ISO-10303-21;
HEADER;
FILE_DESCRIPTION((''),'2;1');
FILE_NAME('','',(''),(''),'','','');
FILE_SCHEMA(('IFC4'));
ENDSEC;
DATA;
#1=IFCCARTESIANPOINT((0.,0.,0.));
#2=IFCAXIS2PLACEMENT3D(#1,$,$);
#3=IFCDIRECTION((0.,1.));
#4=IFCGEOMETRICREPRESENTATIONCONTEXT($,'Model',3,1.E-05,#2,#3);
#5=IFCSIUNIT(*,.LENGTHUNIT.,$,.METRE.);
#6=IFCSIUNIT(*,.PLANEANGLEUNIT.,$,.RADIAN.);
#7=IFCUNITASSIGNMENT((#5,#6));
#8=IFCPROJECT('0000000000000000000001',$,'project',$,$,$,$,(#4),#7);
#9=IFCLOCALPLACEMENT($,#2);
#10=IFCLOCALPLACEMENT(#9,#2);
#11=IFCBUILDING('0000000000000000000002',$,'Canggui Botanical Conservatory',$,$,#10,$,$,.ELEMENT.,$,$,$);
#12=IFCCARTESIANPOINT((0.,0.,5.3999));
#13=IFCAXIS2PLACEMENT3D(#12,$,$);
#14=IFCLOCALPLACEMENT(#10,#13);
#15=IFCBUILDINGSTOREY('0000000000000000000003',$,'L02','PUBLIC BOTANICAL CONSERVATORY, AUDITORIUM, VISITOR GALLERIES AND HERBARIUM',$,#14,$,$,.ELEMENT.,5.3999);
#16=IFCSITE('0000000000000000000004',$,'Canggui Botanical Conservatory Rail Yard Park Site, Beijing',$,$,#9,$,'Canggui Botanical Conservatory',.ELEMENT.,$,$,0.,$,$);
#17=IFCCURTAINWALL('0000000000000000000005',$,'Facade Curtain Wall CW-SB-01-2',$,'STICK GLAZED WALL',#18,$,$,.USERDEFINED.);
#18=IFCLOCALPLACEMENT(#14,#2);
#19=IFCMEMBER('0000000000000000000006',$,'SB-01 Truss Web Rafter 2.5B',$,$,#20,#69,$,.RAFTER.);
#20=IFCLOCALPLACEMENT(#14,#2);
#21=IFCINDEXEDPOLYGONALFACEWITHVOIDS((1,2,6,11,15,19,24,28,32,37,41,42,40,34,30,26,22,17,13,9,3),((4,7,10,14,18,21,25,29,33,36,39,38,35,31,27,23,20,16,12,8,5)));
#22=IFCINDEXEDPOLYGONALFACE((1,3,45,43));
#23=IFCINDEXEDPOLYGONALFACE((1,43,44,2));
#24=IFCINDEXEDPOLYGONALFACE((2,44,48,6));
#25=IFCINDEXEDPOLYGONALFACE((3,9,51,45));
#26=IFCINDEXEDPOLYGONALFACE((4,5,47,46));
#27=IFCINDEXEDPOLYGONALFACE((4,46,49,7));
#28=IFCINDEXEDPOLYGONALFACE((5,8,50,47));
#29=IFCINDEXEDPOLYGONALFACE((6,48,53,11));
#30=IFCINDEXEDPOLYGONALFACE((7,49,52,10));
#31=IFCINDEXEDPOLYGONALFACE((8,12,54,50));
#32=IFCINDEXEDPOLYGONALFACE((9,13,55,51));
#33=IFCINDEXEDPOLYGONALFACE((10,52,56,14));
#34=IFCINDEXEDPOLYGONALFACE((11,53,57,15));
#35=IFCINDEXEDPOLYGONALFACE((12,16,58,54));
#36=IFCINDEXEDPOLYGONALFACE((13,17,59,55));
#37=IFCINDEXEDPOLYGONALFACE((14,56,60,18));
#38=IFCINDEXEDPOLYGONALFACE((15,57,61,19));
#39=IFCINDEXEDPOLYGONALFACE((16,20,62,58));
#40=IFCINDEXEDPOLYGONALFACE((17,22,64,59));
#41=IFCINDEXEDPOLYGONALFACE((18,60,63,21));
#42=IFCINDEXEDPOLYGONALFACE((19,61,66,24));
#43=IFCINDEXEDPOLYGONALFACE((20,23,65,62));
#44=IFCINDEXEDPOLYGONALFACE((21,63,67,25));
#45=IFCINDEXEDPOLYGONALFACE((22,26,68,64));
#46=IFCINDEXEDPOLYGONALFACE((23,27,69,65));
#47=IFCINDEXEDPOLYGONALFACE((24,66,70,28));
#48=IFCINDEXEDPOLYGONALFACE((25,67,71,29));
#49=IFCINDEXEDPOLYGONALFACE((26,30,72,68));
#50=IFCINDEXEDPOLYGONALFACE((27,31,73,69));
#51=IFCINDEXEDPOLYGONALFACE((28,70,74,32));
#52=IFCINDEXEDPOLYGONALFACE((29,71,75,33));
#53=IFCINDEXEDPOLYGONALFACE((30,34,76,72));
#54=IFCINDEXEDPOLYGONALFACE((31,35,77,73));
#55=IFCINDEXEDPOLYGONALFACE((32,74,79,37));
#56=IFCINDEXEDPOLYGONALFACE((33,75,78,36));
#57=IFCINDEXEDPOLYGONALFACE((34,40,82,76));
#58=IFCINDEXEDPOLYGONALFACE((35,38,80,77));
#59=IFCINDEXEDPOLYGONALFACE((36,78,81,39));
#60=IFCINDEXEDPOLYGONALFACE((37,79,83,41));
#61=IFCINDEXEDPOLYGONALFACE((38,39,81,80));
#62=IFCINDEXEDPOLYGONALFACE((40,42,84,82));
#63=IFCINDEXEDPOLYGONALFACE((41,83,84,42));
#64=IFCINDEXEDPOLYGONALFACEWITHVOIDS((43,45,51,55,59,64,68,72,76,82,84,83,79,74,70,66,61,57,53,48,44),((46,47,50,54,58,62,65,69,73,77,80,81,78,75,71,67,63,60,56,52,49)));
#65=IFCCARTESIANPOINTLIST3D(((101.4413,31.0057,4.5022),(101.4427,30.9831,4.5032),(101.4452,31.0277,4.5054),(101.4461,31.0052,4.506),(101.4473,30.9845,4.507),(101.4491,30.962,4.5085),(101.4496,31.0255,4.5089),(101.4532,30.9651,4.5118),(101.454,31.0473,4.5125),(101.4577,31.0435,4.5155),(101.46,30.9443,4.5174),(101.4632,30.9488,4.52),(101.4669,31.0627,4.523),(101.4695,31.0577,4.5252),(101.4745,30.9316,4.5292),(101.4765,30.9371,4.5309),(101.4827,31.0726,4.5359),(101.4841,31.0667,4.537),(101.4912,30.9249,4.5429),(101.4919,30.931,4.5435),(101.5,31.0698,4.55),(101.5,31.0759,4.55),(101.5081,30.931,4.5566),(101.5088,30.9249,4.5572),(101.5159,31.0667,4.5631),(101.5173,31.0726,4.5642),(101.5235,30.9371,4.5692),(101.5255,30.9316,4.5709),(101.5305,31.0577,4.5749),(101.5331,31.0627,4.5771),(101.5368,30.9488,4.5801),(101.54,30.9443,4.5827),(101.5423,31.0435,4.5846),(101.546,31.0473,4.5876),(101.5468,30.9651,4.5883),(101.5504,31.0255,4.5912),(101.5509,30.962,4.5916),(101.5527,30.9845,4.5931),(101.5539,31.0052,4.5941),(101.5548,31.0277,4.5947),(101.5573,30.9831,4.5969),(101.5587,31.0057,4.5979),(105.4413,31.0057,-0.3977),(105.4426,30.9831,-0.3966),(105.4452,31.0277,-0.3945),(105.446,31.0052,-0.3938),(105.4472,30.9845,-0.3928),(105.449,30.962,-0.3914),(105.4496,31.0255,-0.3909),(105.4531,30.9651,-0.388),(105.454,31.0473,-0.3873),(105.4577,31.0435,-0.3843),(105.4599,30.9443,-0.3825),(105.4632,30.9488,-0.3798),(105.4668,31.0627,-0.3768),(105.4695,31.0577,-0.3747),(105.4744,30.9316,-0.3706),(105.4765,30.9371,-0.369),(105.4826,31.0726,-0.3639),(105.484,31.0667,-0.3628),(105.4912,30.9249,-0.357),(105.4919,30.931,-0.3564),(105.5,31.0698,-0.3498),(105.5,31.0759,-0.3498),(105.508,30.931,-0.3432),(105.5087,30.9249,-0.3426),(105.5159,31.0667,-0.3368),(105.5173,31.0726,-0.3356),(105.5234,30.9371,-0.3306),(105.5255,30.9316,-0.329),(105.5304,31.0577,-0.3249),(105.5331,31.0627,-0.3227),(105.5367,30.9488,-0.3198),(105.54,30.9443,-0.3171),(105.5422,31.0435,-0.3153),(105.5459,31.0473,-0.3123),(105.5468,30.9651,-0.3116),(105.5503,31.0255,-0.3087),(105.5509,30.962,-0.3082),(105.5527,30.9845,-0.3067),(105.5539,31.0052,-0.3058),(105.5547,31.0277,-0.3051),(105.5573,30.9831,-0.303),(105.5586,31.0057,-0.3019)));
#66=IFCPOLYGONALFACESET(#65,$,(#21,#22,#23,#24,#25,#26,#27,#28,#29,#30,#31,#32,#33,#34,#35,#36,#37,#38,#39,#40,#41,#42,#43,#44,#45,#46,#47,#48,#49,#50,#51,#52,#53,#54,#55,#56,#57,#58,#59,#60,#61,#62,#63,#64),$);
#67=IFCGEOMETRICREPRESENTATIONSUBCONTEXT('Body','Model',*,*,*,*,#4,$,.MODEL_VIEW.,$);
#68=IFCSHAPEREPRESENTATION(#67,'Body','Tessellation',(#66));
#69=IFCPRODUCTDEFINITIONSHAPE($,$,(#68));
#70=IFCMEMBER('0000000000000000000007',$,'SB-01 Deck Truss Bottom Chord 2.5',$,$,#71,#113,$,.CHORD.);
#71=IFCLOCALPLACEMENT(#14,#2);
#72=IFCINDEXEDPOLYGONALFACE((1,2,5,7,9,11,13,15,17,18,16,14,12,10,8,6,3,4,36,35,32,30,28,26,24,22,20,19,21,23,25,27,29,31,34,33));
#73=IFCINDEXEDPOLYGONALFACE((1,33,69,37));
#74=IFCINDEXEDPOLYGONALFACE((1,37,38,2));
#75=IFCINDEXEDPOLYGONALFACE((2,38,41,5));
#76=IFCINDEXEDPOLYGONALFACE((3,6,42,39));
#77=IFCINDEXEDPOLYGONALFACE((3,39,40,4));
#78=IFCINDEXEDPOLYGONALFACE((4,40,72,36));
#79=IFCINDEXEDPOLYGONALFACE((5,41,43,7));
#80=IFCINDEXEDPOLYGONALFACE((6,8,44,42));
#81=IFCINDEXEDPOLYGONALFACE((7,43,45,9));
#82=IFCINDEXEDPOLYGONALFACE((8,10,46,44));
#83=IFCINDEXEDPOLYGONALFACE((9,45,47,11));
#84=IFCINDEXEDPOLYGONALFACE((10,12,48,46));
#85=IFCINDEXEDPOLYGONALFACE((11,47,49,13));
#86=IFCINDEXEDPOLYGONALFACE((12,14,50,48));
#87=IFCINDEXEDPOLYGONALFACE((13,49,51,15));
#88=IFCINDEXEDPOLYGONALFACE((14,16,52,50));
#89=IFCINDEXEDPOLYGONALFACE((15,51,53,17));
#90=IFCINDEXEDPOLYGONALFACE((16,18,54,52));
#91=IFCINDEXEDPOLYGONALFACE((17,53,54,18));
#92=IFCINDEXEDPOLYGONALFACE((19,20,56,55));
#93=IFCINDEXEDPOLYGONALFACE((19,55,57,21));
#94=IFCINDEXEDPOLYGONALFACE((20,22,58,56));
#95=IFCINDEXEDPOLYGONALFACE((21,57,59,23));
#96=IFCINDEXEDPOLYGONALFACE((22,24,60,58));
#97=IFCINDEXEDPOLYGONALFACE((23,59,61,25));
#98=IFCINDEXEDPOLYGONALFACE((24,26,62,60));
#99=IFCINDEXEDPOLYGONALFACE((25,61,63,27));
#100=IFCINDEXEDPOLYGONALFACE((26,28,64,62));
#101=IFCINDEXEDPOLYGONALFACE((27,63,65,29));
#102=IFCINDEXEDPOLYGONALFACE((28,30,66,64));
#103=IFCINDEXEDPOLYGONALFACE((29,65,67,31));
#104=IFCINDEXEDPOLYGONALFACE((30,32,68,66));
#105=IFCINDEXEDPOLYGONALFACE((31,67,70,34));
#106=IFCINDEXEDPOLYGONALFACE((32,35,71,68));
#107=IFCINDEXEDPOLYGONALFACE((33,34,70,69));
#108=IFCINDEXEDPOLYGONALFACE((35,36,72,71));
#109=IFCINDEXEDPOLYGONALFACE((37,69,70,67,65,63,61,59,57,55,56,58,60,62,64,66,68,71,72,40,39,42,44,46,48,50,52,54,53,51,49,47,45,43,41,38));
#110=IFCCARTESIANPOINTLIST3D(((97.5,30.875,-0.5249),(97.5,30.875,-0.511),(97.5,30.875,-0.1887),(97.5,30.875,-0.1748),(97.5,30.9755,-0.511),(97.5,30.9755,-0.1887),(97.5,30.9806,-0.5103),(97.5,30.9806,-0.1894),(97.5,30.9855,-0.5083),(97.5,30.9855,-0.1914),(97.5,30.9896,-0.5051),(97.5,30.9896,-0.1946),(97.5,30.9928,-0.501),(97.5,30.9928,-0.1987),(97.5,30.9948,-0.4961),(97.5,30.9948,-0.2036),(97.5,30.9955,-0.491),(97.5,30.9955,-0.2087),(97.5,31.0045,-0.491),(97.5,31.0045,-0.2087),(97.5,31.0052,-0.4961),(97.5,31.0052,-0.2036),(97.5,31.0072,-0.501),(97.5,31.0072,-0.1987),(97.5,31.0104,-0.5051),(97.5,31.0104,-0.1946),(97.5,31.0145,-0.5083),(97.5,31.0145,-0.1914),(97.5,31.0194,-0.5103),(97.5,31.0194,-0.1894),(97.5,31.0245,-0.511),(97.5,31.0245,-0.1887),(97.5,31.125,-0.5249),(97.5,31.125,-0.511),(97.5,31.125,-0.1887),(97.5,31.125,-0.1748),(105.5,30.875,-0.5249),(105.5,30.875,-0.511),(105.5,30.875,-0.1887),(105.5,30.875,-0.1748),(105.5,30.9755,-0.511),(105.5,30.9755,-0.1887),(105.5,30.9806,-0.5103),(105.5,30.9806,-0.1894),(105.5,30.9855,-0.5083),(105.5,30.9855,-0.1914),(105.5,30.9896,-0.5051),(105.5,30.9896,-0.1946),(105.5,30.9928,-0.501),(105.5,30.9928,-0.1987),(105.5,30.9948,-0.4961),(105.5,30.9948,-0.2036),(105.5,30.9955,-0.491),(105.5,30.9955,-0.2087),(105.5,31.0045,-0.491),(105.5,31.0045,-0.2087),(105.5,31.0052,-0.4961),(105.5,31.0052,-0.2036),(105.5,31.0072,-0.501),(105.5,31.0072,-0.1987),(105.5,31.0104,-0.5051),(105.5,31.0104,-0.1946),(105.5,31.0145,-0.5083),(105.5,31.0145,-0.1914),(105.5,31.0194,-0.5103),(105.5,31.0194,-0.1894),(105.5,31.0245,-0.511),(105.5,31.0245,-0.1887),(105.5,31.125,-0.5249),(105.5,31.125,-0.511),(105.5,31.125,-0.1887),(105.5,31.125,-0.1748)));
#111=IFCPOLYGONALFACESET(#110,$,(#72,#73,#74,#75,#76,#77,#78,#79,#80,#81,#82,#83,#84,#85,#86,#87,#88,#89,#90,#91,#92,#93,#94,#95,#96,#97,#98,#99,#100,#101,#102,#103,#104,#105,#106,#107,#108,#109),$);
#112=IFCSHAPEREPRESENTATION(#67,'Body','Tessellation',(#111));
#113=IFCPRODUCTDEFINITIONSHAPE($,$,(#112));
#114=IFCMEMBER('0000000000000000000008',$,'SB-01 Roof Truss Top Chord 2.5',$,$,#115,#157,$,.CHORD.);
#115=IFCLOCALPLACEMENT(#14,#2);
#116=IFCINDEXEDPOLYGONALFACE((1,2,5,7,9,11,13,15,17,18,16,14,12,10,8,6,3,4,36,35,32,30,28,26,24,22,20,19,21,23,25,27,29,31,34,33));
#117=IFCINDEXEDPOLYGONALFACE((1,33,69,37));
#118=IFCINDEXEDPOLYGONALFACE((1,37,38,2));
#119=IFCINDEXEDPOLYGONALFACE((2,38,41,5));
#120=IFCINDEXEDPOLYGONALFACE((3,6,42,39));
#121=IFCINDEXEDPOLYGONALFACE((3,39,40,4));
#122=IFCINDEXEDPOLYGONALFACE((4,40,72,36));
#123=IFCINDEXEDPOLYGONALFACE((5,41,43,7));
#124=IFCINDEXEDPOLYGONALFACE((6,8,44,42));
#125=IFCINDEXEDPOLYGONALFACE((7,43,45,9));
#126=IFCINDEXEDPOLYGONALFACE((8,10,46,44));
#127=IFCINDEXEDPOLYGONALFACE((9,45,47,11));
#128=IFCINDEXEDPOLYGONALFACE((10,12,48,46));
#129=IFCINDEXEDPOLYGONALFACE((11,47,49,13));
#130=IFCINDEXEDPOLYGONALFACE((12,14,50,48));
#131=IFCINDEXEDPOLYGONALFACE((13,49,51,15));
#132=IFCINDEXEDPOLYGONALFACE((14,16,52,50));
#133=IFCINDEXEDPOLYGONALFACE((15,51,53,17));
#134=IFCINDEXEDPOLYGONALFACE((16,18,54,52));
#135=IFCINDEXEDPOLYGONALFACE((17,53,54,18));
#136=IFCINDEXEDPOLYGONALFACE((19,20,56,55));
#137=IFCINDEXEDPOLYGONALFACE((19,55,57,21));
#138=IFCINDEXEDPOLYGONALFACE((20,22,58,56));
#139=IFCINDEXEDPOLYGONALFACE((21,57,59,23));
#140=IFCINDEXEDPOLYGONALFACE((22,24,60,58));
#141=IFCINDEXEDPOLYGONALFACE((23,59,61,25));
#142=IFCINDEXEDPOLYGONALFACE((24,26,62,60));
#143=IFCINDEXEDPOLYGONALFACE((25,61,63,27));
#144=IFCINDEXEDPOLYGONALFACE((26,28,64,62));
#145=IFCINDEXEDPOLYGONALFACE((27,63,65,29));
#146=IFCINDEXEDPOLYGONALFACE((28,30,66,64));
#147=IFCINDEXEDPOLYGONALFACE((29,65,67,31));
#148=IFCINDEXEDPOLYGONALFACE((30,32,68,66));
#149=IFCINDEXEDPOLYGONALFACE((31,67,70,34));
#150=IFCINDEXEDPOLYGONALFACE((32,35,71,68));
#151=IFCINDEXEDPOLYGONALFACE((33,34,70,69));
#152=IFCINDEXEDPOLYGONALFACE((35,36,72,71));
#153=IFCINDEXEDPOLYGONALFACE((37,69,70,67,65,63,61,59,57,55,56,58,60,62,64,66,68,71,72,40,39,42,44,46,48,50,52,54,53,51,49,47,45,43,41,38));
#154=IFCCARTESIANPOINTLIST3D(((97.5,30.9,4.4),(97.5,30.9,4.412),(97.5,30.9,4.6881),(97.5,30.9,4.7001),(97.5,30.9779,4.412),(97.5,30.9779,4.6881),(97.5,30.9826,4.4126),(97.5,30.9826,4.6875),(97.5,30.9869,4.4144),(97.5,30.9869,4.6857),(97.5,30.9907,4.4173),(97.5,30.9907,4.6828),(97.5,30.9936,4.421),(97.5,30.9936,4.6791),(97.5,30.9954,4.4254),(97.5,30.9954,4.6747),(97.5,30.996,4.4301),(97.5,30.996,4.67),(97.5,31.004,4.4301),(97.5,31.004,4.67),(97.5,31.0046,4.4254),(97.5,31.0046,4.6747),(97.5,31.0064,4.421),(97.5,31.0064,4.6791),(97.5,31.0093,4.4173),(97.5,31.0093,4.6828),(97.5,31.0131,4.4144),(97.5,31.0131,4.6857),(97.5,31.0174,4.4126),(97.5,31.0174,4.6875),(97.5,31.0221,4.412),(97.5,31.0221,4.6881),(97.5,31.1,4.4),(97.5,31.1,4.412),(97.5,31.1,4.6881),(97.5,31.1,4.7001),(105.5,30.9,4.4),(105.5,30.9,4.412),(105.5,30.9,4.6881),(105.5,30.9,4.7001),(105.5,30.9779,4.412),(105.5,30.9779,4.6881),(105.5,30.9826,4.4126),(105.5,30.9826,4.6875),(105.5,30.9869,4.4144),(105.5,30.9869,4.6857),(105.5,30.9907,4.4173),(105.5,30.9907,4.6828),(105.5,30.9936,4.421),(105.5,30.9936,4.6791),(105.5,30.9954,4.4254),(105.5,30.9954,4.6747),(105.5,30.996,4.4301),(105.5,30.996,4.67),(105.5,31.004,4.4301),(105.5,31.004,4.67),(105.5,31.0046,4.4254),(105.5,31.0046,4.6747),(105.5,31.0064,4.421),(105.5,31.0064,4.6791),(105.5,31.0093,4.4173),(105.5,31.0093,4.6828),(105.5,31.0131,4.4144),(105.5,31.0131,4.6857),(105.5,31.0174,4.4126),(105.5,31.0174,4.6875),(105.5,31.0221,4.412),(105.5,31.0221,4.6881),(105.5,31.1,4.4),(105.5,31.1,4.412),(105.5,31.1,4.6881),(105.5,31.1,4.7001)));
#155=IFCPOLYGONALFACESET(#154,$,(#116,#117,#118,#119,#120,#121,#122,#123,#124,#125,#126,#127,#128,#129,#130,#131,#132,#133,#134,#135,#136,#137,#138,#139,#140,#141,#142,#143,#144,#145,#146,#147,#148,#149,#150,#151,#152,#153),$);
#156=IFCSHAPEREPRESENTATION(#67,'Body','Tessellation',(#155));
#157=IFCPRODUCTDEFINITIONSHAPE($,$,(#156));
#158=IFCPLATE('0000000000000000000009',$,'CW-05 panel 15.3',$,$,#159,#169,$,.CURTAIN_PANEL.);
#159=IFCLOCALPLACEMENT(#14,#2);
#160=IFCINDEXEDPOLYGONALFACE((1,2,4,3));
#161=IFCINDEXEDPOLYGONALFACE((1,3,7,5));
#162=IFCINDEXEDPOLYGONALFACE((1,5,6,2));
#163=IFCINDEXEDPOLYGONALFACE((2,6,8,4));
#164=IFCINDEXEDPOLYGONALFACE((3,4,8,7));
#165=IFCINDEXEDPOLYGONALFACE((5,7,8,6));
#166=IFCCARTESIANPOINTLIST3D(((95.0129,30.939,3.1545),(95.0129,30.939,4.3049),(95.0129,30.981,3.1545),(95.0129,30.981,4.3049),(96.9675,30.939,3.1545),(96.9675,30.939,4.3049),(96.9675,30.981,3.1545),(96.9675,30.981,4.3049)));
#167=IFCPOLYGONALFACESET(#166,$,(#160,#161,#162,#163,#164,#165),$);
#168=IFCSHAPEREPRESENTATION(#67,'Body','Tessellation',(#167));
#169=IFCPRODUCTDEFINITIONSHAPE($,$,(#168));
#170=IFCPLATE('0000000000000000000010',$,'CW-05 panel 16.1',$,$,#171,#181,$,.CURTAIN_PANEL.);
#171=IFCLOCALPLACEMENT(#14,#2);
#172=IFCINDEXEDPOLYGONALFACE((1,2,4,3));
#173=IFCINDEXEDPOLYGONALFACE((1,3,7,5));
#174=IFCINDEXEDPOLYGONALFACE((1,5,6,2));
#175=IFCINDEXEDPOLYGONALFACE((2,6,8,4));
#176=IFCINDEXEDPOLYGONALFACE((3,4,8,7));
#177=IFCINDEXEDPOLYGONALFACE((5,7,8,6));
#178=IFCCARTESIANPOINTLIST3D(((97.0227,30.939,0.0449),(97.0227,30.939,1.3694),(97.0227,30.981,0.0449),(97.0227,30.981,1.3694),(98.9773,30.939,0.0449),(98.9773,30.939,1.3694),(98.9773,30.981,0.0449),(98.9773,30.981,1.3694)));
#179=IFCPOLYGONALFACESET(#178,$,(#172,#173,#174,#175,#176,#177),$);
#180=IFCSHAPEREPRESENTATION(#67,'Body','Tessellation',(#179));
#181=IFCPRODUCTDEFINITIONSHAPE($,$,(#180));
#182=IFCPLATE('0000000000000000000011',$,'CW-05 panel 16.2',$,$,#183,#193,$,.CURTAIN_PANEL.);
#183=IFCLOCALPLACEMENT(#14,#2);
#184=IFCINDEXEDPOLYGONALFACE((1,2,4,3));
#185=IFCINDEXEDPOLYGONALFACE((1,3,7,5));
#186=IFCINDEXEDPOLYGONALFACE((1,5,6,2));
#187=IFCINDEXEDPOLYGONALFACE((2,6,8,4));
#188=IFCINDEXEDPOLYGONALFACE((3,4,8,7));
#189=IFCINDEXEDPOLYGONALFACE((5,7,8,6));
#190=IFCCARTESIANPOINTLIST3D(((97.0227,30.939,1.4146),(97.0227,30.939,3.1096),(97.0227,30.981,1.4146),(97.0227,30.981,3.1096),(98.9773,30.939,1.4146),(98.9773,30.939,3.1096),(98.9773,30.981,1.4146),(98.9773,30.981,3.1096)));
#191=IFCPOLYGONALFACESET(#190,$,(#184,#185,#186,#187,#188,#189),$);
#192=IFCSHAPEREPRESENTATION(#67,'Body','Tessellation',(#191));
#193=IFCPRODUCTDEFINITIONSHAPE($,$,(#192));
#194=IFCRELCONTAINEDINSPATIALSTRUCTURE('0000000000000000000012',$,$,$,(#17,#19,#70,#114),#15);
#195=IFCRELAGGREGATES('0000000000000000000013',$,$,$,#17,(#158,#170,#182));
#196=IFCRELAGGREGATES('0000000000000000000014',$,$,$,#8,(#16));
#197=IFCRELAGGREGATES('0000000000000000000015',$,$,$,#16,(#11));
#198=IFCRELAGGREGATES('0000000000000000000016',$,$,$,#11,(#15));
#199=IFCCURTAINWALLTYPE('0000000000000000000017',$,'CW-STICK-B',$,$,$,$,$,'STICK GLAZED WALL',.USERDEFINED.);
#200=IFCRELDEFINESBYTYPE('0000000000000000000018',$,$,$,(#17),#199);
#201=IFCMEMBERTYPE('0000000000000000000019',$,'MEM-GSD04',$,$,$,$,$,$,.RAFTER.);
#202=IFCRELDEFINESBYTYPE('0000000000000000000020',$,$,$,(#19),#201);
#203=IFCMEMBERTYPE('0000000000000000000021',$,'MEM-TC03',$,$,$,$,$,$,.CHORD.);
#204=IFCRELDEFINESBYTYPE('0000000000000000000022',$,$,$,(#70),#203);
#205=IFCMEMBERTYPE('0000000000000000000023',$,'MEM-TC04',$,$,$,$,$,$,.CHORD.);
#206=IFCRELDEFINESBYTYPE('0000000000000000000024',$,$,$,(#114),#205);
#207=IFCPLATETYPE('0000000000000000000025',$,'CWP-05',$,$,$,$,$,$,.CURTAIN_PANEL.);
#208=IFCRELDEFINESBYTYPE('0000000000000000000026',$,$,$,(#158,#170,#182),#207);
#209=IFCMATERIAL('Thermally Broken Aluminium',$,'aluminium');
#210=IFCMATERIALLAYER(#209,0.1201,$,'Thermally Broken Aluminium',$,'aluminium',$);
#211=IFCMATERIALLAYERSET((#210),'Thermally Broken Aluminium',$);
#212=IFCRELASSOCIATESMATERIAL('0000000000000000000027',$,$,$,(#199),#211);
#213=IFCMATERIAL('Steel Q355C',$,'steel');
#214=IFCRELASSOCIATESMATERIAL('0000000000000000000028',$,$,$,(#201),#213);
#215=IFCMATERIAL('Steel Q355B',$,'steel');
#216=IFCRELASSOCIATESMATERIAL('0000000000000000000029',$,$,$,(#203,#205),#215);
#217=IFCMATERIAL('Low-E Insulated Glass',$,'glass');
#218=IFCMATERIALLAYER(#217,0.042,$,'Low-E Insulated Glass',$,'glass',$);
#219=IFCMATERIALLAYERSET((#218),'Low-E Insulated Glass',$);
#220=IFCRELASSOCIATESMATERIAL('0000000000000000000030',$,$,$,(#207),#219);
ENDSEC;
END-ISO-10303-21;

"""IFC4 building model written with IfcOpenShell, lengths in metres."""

from ifc_helpers import new_model, si_unit, direction, frame, origin, origin_2d, place, context, subcontext, project, spatial, rectangle, hollow_circle, i_section, extrude, material, layer, layer_set, material_profile, profile_set, type_object, element, aggregate, save


model = new_model("IFC4")

# Units and contexts
model_context = context("Model", 3, precision=1e-05, world=origin(), true_north=direction((0.0, 1.0)))
body_context = subcontext(model_context, "Body", "Model", "MODEL_VIEW")
ifc_project = project(units=[si_unit("LENGTHUNIT", "METRE"), si_unit("PLANEANGLEUNIT", "RADIAN")], contexts=[model_context])

# Site, building, storey
site_placement = place(None, origin())
site = spatial("IfcSite", under=ifc_project, at=site_placement, Name="Canggui Botanical Conservatory Rail Yard Park Site, Beijing", LongName="Canggui Botanical Conservatory", CompositionType="ELEMENT", RefElevation=0.0)
building_placement = place(site_placement, origin())
building = spatial("IfcBuilding", under=site, at=building_placement, Name="Canggui Botanical Conservatory", CompositionType="ELEMENT")
storey_placement = place(building_placement, frame((0.0, 0.0, 5.3999)))
storey = spatial("IfcBuildingStorey", under=building, at=storey_placement, Name="L02", Description="PUBLIC BOTANICAL CONSERVATORY, AUDITORIUM, VISITOR GALLERIES AND HERBARIUM", CompositionType="ELEMENT", Elevation=5.3999)

# Shared definitions
ifc_material_1 = material(Name="Steel Q355B", Category="steel")

# Curtain wall
ifc_material_2 = material(Name="Thermally Broken Aluminium", Category="aluminium")
ifc_layer_1 = layer(ifc_material_2, 0.1201, Name="Thermally Broken Aluminium", Category="aluminium")
ifc_layer_set_1 = layer_set([ifc_layer_1], Name="Thermally Broken Aluminium")
curtain_wall_type = type_object("IfcCurtainWallType", Name="CW-STICK-B", ElementType="STICK GLAZED WALL", PredefinedType="USERDEFINED", material=ifc_layer_set_1)
curtain_wall_placement = place(storey_placement, origin())
curtain_wall = element("IfcCurtainWall", 1, at=curtain_wall_placement, inside=storey, type_object=curtain_wall_type, Name="Facade Curtain Wall CW-SB-01-2", ObjectType="STICK GLAZED WALL", PredefinedType="USERDEFINED")

# Members
ifc_material_3 = material(Name="Steel Q355C", Category="steel")
ifc_material_profile_1 = material_profile(ifc_material_3, hollow_circle(Radius=0.0759, WallThickness=0.0061, at=origin_2d()), Name="CHS 152x6")
ifc_profile_set_1 = profile_set([ifc_material_profile_1], Name="Steel Q355C")
member_type_1 = type_object("IfcMemberType", Name="MEM-GSD04", PredefinedType="RAFTER", material=ifc_profile_set_1)
for number, where, z_axis, x_axis, name in (
    (2, (101.5, 31.0, 4.55), (0.632384, 0.0, -0.774655), (0.0, 1.0, 0.0), "SB-01 Truss Web Rafter 2.5B"),
):
    element("IfcMember", number, at=place(storey_placement, frame(where, z_axis=z_axis, x_axis=x_axis)), inside=storey, type_object=member_type_1, Name=name, PredefinedType="RAFTER", context=body_context, shape_type="SweptSolid", body=[
        extrude(hollow_circle(Radius=0.0759, WallThickness=0.0061, at=origin_2d()), origin(), (0.0, 0.0, 1.0), 6.3252),
    ])
ifc_material_profile_2 = material_profile(ifc_material_1, i_section(OverallWidth=0.25, OverallDepth=0.3501, WebThickness=0.009, FlangeThickness=0.0139, FilletRadius=0.02, at=origin_2d()), Name="HM 350x250x9x14")
ifc_profile_set_2 = profile_set([ifc_material_profile_2], Name="Steel Q355B")
member_type_2 = type_object("IfcMemberType", Name="MEM-TC03", PredefinedType="CHORD", material=ifc_profile_set_2)
member_1_placement = place(storey_placement, frame((97.5, 31.0, -0.3499), z_axis=(1.0, 0.0, 0.0), x_axis=(0.0, 1.0, 0.0)))
element("IfcMember", 3, at=member_1_placement, inside=storey, type_object=member_type_2, Name="SB-01 Deck Truss Bottom Chord 2.5", PredefinedType="CHORD", context=body_context, shape_type="SweptSolid", body=[
    extrude(i_section(OverallWidth=0.25, OverallDepth=0.3501, WebThickness=0.009, FlangeThickness=0.0139, FilletRadius=0.02, at=origin_2d()), origin(), (0.0, 0.0, 1.0), 8.0),
])
ifc_material_profile_3 = material_profile(ifc_material_1, i_section(OverallWidth=0.2, OverallDepth=0.3, WebThickness=0.0081, FlangeThickness=0.012, FilletRadius=0.0181, at=origin_2d()), Name="HM 300x200x8x12")
ifc_profile_set_3 = profile_set([ifc_material_profile_3], Name="Steel Q355B")
member_type_3 = type_object("IfcMemberType", Name="MEM-TC04", PredefinedType="CHORD", material=ifc_profile_set_3)
member_2_placement = place(storey_placement, frame((97.5, 31.0, 4.55), z_axis=(1.0, 0.0, 0.0), x_axis=(0.0, 1.0, 0.0)))
element("IfcMember", 4, at=member_2_placement, inside=storey, type_object=member_type_3, Name="SB-01 Roof Truss Top Chord 2.5", PredefinedType="CHORD", context=body_context, shape_type="SweptSolid", body=[
    extrude(i_section(OverallWidth=0.2, OverallDepth=0.3, WebThickness=0.0081, FlangeThickness=0.012, FilletRadius=0.0181, at=origin_2d()), origin(), (0.0, 0.0, 1.0), 8.0),
])

# Plates
ifc_material_4 = material(Name="Low-E Insulated Glass", Category="glass")
ifc_layer_2 = layer(ifc_material_4, 0.042, Name="Low-E Insulated Glass", Category="glass")
ifc_layer_set_2 = layer_set([ifc_layer_2], Name="Low-E Insulated Glass")
plate_type_1 = type_object("IfcPlateType", Name="CWP-05", PredefinedType="CURTAIN_PANEL", material=ifc_layer_set_2)
plate_1_placement = place(storey_placement, frame((95.9902, 30.96, 3.1545), z_axis=(0.0, 0.0, 1.0), x_axis=(1.0, 0.0, 0.0)))
plate_1 = element("IfcPlate", 5, at=plate_1_placement, type_object=plate_type_1, Name="CW-05 panel 15.3", PredefinedType="CURTAIN_PANEL", context=body_context, shape_type="SweptSolid", body=[
    extrude(rectangle(XDim=1.9546, YDim=0.042, at=origin_2d()), origin(), (0.0, 0.0, 1.0), 1.1504),
])
plate_2_placement = place(storey_placement, frame((98.0, 30.96, 0.0449), z_axis=(0.0, 0.0, 1.0), x_axis=(1.0, 0.0, 0.0)))
plate_2 = element("IfcPlate", 6, at=plate_2_placement, type_object=plate_type_1, Name="CW-05 panel 16.1", PredefinedType="CURTAIN_PANEL", context=body_context, shape_type="SweptSolid", body=[
    extrude(rectangle(XDim=1.9546, YDim=0.042, at=origin_2d()), origin(), (0.0, 0.0, 1.0), 1.3245),
])
plate_3_placement = place(storey_placement, frame((98.0, 30.96, 1.4146), z_axis=(0.0, 0.0, 1.0), x_axis=(1.0, 0.0, 0.0)))
plate_3 = element("IfcPlate", 7, at=plate_3_placement, type_object=plate_type_1, Name="CW-05 panel 16.2", PredefinedType="CURTAIN_PANEL", context=body_context, shape_type="SweptSolid", body=[
    extrude(rectangle(XDim=1.9546, YDim=0.042, at=origin_2d()), origin(), (0.0, 0.0, 1.0), 1.6951),
])
aggregate(curtain_wall, [plate_1, plate_2, plate_3])

save(model, "model.ifc")
